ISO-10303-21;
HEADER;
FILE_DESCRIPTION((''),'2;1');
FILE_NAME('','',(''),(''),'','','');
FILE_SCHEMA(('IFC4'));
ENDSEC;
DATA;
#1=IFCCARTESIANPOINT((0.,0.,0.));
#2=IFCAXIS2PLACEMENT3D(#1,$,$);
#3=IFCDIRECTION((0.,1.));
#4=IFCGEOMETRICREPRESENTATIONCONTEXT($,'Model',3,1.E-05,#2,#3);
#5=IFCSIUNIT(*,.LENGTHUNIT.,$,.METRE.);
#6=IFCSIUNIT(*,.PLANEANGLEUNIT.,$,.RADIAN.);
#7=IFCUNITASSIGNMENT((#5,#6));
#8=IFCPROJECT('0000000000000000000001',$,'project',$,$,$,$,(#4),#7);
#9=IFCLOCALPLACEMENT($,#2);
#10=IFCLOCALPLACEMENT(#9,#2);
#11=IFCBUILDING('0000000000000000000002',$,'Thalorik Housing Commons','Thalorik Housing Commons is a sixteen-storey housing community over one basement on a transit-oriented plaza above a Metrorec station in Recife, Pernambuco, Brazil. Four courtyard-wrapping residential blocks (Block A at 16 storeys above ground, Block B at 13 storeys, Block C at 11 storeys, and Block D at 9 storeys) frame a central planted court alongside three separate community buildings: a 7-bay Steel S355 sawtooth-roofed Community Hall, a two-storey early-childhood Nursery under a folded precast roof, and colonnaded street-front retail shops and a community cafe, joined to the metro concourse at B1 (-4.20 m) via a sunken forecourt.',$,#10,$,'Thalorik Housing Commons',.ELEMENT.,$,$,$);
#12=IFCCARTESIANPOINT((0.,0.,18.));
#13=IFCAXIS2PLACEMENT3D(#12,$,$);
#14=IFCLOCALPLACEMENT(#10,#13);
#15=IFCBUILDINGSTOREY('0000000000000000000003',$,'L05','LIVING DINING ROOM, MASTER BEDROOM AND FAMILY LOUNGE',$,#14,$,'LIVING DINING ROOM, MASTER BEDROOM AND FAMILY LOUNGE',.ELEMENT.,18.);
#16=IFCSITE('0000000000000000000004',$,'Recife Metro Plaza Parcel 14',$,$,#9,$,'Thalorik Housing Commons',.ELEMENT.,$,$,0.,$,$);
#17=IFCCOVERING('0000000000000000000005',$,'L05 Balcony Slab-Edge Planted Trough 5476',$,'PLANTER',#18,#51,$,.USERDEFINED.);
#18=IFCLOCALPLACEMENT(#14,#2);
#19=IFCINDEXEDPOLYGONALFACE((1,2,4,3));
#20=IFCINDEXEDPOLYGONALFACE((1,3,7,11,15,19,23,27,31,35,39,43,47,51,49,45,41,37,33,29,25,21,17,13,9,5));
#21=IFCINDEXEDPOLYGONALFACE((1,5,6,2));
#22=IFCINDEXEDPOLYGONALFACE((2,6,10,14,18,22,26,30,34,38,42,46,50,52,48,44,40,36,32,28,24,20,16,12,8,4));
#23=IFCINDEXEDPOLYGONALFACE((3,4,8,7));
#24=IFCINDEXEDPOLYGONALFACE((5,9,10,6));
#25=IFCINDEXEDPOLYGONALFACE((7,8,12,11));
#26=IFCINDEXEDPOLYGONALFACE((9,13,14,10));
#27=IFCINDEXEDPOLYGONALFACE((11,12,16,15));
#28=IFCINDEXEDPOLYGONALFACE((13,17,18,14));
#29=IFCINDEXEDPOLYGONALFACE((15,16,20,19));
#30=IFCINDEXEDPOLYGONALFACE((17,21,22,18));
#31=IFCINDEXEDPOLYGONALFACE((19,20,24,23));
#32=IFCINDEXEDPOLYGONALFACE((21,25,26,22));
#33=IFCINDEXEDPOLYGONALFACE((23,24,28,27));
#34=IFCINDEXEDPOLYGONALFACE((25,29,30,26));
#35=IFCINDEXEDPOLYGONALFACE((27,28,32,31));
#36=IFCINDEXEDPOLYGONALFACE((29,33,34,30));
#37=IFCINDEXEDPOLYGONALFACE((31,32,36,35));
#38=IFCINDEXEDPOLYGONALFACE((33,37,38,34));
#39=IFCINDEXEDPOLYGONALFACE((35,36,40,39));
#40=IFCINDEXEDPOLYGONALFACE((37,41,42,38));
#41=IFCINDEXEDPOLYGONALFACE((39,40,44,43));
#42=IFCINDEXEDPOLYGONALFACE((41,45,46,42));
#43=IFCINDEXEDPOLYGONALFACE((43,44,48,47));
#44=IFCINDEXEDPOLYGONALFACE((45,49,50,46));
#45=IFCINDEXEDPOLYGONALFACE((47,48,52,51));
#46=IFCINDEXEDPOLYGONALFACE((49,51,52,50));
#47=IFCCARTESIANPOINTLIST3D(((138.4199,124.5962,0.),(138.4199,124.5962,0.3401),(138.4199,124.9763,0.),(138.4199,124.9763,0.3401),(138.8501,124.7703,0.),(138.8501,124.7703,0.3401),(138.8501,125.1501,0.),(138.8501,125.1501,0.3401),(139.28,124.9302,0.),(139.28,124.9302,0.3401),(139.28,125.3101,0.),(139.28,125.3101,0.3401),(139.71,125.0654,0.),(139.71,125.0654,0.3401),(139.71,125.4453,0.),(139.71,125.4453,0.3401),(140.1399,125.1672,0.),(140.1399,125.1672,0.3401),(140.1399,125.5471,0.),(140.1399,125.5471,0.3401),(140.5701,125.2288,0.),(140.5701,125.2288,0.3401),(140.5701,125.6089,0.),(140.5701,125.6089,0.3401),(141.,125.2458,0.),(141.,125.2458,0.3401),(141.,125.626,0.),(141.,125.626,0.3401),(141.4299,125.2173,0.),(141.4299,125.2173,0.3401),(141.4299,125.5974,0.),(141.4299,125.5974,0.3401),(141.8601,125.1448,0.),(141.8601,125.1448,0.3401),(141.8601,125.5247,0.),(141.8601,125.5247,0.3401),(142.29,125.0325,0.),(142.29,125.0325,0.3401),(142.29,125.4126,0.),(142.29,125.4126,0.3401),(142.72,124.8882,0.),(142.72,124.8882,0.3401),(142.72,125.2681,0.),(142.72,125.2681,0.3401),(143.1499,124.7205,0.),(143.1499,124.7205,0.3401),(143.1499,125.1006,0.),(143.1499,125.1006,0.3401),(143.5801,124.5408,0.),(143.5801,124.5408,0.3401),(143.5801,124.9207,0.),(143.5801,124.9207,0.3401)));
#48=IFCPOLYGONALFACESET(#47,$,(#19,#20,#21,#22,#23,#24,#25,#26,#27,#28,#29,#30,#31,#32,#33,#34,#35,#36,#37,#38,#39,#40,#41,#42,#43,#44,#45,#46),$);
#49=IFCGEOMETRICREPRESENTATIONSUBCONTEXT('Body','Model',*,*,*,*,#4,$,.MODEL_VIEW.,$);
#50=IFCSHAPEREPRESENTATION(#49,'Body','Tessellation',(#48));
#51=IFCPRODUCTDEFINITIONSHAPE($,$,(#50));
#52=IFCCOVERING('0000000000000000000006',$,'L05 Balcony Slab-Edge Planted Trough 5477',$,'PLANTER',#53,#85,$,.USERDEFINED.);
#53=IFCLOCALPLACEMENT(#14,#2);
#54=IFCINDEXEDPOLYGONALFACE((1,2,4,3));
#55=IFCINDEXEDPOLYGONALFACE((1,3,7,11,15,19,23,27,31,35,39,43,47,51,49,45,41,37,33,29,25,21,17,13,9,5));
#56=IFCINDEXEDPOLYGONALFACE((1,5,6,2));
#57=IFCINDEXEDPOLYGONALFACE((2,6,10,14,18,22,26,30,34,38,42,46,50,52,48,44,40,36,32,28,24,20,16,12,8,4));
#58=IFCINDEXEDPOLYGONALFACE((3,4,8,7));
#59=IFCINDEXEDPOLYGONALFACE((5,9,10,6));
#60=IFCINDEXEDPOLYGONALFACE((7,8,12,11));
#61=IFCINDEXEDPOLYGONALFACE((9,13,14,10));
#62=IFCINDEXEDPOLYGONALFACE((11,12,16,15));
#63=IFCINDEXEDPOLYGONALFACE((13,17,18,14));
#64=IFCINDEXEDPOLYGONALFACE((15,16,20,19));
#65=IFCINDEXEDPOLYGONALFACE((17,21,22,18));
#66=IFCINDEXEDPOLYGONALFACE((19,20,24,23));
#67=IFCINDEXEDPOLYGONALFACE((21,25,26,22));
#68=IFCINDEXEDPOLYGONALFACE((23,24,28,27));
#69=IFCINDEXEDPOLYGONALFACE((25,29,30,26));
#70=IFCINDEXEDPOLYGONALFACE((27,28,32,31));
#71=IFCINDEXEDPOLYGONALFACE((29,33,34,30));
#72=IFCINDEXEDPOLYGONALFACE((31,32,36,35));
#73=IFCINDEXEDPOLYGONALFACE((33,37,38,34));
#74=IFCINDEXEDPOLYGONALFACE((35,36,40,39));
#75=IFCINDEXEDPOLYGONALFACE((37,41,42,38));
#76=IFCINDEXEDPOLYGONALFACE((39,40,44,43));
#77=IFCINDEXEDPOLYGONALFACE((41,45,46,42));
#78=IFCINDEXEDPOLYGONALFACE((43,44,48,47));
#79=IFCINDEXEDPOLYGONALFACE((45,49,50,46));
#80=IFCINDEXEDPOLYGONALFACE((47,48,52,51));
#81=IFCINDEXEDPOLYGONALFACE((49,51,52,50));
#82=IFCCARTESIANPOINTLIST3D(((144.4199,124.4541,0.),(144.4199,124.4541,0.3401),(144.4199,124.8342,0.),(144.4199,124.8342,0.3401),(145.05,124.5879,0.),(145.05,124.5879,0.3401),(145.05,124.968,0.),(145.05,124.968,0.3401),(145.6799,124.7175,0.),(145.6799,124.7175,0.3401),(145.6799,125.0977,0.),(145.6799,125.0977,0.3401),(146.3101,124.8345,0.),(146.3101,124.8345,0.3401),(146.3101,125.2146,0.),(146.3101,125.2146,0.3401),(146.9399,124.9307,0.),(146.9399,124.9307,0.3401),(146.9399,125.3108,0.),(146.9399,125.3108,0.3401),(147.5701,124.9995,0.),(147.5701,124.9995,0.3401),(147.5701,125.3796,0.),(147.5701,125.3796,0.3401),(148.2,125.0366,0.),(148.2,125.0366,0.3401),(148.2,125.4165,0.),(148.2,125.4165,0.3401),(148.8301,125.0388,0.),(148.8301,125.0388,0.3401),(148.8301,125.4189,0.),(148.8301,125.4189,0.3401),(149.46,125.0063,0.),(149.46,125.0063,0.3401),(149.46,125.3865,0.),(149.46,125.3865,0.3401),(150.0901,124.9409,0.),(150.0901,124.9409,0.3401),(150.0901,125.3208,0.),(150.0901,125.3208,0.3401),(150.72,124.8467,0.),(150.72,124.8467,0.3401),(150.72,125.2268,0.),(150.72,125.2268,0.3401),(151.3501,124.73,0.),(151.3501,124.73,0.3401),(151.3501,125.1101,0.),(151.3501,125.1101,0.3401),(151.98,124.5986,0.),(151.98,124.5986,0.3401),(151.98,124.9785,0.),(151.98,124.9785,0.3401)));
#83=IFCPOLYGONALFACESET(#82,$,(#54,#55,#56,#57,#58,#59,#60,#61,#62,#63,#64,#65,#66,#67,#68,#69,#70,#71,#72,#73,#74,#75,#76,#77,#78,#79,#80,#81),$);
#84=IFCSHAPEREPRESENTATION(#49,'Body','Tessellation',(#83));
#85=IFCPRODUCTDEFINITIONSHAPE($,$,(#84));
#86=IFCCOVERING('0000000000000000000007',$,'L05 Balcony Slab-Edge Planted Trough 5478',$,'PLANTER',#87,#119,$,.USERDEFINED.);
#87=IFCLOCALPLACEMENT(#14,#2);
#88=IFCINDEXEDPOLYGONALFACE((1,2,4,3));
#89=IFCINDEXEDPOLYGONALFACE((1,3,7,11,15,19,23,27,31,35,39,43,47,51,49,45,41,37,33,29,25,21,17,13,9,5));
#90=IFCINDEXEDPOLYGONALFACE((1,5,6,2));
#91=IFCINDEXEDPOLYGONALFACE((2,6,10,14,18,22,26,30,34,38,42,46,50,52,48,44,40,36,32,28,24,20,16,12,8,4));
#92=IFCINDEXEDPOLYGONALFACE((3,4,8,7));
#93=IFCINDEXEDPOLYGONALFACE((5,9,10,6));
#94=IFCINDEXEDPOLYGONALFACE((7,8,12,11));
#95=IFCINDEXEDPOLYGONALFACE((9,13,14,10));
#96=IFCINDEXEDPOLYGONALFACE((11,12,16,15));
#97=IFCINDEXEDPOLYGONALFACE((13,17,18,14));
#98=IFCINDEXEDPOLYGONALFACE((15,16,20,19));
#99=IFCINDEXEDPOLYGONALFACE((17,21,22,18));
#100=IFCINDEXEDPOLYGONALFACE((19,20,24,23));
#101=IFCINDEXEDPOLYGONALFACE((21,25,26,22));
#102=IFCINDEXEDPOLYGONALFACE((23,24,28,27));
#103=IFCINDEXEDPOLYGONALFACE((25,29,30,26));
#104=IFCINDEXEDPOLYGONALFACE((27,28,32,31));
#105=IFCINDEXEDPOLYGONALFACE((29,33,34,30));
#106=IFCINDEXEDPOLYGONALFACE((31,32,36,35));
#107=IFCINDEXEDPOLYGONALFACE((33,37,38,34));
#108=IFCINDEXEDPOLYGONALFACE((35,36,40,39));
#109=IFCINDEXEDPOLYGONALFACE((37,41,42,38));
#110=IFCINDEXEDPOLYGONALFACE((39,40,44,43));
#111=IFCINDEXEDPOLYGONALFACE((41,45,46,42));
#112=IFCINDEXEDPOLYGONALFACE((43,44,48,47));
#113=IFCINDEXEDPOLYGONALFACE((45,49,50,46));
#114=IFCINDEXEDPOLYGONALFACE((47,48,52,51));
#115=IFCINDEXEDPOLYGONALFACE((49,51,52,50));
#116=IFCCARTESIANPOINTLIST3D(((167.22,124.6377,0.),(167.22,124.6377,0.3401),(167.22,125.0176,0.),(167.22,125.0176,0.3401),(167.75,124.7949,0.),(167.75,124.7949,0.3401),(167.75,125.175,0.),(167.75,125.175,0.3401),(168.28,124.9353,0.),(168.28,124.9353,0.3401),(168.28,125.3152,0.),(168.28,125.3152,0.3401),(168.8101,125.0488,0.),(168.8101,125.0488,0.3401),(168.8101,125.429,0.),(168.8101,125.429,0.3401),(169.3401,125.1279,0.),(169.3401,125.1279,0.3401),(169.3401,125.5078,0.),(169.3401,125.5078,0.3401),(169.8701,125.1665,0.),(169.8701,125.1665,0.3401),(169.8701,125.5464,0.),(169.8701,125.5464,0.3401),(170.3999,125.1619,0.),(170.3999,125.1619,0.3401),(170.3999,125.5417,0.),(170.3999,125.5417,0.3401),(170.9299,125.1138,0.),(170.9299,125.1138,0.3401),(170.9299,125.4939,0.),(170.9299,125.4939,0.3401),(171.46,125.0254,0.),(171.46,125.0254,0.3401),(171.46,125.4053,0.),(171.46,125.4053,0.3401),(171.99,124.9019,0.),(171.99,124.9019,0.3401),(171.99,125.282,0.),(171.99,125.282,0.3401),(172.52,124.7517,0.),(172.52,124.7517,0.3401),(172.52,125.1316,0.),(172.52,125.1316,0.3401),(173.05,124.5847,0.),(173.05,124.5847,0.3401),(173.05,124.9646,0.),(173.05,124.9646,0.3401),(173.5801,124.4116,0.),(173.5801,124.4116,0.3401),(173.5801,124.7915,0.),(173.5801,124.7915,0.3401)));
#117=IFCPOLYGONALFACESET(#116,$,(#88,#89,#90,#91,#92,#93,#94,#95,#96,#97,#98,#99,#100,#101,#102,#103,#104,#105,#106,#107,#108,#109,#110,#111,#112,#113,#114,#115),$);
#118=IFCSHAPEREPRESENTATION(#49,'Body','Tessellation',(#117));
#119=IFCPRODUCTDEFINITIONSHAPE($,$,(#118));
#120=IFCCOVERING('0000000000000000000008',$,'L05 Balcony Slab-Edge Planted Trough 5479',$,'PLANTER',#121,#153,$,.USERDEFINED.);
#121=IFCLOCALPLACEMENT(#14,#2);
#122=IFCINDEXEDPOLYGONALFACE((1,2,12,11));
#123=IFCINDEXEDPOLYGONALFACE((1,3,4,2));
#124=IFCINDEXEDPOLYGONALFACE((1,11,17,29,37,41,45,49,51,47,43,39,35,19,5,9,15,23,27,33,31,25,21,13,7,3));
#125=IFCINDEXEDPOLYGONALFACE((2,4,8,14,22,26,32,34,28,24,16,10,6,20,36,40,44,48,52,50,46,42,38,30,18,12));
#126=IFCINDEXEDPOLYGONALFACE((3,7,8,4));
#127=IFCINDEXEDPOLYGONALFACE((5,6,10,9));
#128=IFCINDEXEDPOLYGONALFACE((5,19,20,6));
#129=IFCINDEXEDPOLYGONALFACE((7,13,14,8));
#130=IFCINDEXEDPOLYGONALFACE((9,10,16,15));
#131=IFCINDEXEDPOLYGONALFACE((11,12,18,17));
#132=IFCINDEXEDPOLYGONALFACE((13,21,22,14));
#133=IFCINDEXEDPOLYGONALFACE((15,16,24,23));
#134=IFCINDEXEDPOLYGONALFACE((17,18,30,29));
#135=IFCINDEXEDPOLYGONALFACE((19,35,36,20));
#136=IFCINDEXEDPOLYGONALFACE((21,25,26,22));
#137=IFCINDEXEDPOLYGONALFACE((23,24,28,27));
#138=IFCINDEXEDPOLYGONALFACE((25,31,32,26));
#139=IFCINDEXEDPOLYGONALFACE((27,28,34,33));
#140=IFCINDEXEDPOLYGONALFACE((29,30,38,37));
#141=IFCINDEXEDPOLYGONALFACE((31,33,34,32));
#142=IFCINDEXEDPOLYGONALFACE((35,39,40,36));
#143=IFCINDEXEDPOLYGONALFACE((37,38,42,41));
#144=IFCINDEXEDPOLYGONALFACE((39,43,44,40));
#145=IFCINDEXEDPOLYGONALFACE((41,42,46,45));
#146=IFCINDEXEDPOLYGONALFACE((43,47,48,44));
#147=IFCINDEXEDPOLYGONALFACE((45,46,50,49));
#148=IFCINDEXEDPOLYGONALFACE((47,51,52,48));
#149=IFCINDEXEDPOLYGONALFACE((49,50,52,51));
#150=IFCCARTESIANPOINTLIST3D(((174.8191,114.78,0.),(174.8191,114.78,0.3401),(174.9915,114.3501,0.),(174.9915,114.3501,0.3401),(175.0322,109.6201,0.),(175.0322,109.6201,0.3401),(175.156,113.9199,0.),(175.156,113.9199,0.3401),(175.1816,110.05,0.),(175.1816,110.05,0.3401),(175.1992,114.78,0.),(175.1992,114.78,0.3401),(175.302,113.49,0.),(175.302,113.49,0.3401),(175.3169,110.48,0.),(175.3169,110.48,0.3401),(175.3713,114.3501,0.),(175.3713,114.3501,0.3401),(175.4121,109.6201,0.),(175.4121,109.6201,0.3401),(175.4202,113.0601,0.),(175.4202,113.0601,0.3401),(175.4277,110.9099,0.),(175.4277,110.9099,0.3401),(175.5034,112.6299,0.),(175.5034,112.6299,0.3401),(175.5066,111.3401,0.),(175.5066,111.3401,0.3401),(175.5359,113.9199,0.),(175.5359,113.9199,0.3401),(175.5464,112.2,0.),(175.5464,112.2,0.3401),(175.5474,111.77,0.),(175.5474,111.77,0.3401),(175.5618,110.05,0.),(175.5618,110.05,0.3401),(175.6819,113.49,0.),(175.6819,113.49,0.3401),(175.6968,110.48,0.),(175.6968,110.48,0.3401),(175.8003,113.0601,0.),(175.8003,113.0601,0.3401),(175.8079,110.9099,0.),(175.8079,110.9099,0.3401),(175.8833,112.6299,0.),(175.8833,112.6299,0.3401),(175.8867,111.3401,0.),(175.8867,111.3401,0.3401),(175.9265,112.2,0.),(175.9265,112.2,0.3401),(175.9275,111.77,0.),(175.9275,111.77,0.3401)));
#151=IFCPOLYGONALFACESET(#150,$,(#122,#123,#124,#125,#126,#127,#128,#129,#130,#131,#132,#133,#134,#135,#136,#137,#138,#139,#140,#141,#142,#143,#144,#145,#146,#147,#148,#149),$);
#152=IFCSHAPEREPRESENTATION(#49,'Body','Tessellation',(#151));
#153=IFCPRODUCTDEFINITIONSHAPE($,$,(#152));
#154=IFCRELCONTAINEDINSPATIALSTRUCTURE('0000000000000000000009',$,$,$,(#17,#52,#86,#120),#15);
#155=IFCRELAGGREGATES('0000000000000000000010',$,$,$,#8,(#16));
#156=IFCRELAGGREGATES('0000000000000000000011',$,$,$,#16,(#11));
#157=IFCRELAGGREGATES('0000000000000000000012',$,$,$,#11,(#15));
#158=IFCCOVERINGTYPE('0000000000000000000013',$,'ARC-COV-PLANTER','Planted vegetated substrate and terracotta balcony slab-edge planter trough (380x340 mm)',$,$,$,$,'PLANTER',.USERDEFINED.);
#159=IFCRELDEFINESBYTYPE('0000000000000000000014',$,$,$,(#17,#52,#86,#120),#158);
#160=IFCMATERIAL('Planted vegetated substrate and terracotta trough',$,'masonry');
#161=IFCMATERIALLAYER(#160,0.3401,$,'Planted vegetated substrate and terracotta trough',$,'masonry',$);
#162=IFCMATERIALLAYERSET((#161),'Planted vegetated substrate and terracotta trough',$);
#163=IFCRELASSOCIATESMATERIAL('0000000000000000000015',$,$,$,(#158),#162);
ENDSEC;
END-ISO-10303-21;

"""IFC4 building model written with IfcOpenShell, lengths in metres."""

from ifc_helpers import new_model, si_unit, direction, frame, origin, place, context, subcontext, project, spatial, polyline, outline, extrude, material, layer, layer_set, type_object, element, save


model = new_model("IFC4")

# Units and contexts
model_context = context("Model", 3, precision=1e-05, world=origin(), true_north=direction((0.0, 1.0)))
body_context = subcontext(model_context, "Body", "Model", "MODEL_VIEW")
ifc_project = project(units=[si_unit("LENGTHUNIT", "METRE"), si_unit("PLANEANGLEUNIT", "RADIAN")], contexts=[model_context])

# Site, building, storey
site_placement = place(None, origin())
site = spatial("IfcSite", under=ifc_project, at=site_placement, Name="Recife Metro Plaza Parcel 14", LongName="Thalorik Housing Commons", CompositionType="ELEMENT", RefElevation=0.0)
building_placement = place(site_placement, origin())
building = spatial("IfcBuilding", under=site, at=building_placement, Name="Thalorik Housing Commons", Description="Thalorik Housing Commons is a sixteen-storey housing community over one basement on a transit-oriented plaza above a Metrorec station in Recife, Pernambuco, Brazil. Four courtyard-wrapping residential blocks (Block A at 16 storeys above ground, Block B at 13 storeys, Block C at 11 storeys, and Block D at 9 storeys) frame a central planted court alongside three separate community buildings: a 7-bay Steel S355 sawtooth-roofed Community Hall, a two-storey early-childhood Nursery under a folded precast roof, and colonnaded street-front retail shops and a community cafe, joined to the metro concourse at B1 (-4.20 m) via a sunken forecourt.", LongName="Thalorik Housing Commons", CompositionType="ELEMENT")
storey_placement = place(building_placement, frame((0.0, 0.0, 18.0)))
storey = spatial("IfcBuildingStorey", under=building, at=storey_placement, Name="L05", Description="LIVING DINING ROOM, MASTER BEDROOM AND FAMILY LOUNGE", LongName="LIVING DINING ROOM, MASTER BEDROOM AND FAMILY LOUNGE", CompositionType="ELEMENT", Elevation=18.0)

# Coverings
ifc_material = material(Name="Planted vegetated substrate and terracotta trough", Category="masonry")
ifc_layer = layer(ifc_material, 0.3401, Name="Planted vegetated substrate and terracotta trough", Category="masonry")
ifc_layer_set = layer_set([ifc_layer], Name="Planted vegetated substrate and terracotta trough")
covering_type = type_object("IfcCoveringType", Name="ARC-COV-PLANTER", Description="Planted vegetated substrate and terracotta balcony slab-edge planter trough (380x340 mm)", ElementType="PLANTER", PredefinedType="USERDEFINED", material=ifc_layer_set)
covering_1_placement = place(storey_placement, origin())
element("IfcCovering", 1, at=covering_1_placement, inside=storey, type_object=covering_type, Name="L05 Balcony Slab-Edge Planted Trough 5476", ObjectType="PLANTER", PredefinedType="USERDEFINED", context=body_context, shape_type="SweptSolid", body=[
    extrude(outline(polyline([(143.5801, 124.9207), (143.1499, 125.1006), (142.72, 125.2681), (142.29, 125.4126), (141.8601, 125.5247), (141.4299, 125.5974), (141.0, 125.626), (140.5701, 125.6089), (140.1399, 125.5471), (139.71, 125.4453), (139.28, 125.3101), (138.8501, 125.1501), (138.4199, 124.9763), (138.4199, 124.5962), (138.8501, 124.7703), (139.28, 124.9302), (139.71, 125.0654), (140.1399, 125.1672), (140.5701, 125.2288), (141.0, 125.2458), (141.4299, 125.2173), (141.8601, 125.1448), (142.29, 125.0325), (142.72, 124.8882), (143.1499, 124.7205), (143.5801, 124.5408), (143.5801, 124.9207)])), origin(), (0.0, 0.0, 1.0), 0.3401),
])
covering_2_placement = place(storey_placement, origin())
element("IfcCovering", 2, at=covering_2_placement, inside=storey, type_object=covering_type, Name="L05 Balcony Slab-Edge Planted Trough 5477", ObjectType="PLANTER", PredefinedType="USERDEFINED", context=body_context, shape_type="SweptSolid", body=[
    extrude(outline(polyline([(151.98, 124.9785), (151.3501, 125.1101), (150.72, 125.2268), (150.0901, 125.3208), (149.46, 125.3865), (148.8301, 125.4189), (148.2, 125.4165), (147.5701, 125.3796), (146.9399, 125.3108), (146.3101, 125.2146), (145.6799, 125.0977), (145.05, 124.968), (144.4199, 124.8342), (144.4199, 124.4541), (145.05, 124.5879), (145.6799, 124.7175), (146.3101, 124.8345), (146.9399, 124.9307), (147.5701, 124.9995), (148.2, 125.0366), (148.8301, 125.0388), (149.46, 125.0063), (150.0901, 124.9409), (150.72, 124.8467), (151.3501, 124.73), (151.98, 124.5986), (151.98, 124.9785)])), origin(), (0.0, 0.0, 1.0), 0.3401),
])
covering_3_placement = place(storey_placement, origin())
element("IfcCovering", 3, at=covering_3_placement, inside=storey, type_object=covering_type, Name="L05 Balcony Slab-Edge Planted Trough 5478", ObjectType="PLANTER", PredefinedType="USERDEFINED", context=body_context, shape_type="SweptSolid", body=[
    extrude(outline(polyline([(173.5801, 124.7915), (173.05, 124.9646), (172.52, 125.1316), (171.99, 125.282), (171.46, 125.4053), (170.9299, 125.4939), (170.3999, 125.5417), (169.8701, 125.5464), (169.3401, 125.5078), (168.8101, 125.429), (168.28, 125.3152), (167.75, 125.175), (167.22, 125.0176), (167.22, 124.6377), (167.75, 124.7949), (168.28, 124.9353), (168.8101, 125.0488), (169.3401, 125.1279), (169.8701, 125.1665), (170.3999, 125.1619), (170.9299, 125.1138), (171.46, 125.0254), (171.99, 124.9019), (172.52, 124.7517), (173.05, 124.5847), (173.5801, 124.4116), (173.5801, 124.7915)])), origin(), (0.0, 0.0, 1.0), 0.3401),
])
covering_4_placement = place(storey_placement, origin())
element("IfcCovering", 4, at=covering_4_placement, inside=storey, type_object=covering_type, Name="L05 Balcony Slab-Edge Planted Trough 5479", ObjectType="PLANTER", PredefinedType="USERDEFINED", context=body_context, shape_type="SweptSolid", body=[
    extrude(outline(polyline([(175.4121, 109.6201), (175.5618, 110.05), (175.6968, 110.48), (175.8079, 110.9099), (175.8867, 111.3401), (175.9275, 111.77), (175.9265, 112.2), (175.8833, 112.6299), (175.8003, 113.0601), (175.6819, 113.49), (175.5359, 113.9199), (175.3713, 114.3501), (175.1992, 114.78), (174.8191, 114.78), (174.9915, 114.3501), (175.156, 113.9199), (175.302, 113.49), (175.4202, 113.0601), (175.5034, 112.6299), (175.5464, 112.2), (175.5474, 111.77), (175.5066, 111.3401), (175.4277, 110.9099), (175.3169, 110.48), (175.1816, 110.05), (175.0322, 109.6201), (175.4121, 109.6201)])), origin(), (0.0, 0.0, 1.0), 0.3401),
])

save(model, "model.ifc")
